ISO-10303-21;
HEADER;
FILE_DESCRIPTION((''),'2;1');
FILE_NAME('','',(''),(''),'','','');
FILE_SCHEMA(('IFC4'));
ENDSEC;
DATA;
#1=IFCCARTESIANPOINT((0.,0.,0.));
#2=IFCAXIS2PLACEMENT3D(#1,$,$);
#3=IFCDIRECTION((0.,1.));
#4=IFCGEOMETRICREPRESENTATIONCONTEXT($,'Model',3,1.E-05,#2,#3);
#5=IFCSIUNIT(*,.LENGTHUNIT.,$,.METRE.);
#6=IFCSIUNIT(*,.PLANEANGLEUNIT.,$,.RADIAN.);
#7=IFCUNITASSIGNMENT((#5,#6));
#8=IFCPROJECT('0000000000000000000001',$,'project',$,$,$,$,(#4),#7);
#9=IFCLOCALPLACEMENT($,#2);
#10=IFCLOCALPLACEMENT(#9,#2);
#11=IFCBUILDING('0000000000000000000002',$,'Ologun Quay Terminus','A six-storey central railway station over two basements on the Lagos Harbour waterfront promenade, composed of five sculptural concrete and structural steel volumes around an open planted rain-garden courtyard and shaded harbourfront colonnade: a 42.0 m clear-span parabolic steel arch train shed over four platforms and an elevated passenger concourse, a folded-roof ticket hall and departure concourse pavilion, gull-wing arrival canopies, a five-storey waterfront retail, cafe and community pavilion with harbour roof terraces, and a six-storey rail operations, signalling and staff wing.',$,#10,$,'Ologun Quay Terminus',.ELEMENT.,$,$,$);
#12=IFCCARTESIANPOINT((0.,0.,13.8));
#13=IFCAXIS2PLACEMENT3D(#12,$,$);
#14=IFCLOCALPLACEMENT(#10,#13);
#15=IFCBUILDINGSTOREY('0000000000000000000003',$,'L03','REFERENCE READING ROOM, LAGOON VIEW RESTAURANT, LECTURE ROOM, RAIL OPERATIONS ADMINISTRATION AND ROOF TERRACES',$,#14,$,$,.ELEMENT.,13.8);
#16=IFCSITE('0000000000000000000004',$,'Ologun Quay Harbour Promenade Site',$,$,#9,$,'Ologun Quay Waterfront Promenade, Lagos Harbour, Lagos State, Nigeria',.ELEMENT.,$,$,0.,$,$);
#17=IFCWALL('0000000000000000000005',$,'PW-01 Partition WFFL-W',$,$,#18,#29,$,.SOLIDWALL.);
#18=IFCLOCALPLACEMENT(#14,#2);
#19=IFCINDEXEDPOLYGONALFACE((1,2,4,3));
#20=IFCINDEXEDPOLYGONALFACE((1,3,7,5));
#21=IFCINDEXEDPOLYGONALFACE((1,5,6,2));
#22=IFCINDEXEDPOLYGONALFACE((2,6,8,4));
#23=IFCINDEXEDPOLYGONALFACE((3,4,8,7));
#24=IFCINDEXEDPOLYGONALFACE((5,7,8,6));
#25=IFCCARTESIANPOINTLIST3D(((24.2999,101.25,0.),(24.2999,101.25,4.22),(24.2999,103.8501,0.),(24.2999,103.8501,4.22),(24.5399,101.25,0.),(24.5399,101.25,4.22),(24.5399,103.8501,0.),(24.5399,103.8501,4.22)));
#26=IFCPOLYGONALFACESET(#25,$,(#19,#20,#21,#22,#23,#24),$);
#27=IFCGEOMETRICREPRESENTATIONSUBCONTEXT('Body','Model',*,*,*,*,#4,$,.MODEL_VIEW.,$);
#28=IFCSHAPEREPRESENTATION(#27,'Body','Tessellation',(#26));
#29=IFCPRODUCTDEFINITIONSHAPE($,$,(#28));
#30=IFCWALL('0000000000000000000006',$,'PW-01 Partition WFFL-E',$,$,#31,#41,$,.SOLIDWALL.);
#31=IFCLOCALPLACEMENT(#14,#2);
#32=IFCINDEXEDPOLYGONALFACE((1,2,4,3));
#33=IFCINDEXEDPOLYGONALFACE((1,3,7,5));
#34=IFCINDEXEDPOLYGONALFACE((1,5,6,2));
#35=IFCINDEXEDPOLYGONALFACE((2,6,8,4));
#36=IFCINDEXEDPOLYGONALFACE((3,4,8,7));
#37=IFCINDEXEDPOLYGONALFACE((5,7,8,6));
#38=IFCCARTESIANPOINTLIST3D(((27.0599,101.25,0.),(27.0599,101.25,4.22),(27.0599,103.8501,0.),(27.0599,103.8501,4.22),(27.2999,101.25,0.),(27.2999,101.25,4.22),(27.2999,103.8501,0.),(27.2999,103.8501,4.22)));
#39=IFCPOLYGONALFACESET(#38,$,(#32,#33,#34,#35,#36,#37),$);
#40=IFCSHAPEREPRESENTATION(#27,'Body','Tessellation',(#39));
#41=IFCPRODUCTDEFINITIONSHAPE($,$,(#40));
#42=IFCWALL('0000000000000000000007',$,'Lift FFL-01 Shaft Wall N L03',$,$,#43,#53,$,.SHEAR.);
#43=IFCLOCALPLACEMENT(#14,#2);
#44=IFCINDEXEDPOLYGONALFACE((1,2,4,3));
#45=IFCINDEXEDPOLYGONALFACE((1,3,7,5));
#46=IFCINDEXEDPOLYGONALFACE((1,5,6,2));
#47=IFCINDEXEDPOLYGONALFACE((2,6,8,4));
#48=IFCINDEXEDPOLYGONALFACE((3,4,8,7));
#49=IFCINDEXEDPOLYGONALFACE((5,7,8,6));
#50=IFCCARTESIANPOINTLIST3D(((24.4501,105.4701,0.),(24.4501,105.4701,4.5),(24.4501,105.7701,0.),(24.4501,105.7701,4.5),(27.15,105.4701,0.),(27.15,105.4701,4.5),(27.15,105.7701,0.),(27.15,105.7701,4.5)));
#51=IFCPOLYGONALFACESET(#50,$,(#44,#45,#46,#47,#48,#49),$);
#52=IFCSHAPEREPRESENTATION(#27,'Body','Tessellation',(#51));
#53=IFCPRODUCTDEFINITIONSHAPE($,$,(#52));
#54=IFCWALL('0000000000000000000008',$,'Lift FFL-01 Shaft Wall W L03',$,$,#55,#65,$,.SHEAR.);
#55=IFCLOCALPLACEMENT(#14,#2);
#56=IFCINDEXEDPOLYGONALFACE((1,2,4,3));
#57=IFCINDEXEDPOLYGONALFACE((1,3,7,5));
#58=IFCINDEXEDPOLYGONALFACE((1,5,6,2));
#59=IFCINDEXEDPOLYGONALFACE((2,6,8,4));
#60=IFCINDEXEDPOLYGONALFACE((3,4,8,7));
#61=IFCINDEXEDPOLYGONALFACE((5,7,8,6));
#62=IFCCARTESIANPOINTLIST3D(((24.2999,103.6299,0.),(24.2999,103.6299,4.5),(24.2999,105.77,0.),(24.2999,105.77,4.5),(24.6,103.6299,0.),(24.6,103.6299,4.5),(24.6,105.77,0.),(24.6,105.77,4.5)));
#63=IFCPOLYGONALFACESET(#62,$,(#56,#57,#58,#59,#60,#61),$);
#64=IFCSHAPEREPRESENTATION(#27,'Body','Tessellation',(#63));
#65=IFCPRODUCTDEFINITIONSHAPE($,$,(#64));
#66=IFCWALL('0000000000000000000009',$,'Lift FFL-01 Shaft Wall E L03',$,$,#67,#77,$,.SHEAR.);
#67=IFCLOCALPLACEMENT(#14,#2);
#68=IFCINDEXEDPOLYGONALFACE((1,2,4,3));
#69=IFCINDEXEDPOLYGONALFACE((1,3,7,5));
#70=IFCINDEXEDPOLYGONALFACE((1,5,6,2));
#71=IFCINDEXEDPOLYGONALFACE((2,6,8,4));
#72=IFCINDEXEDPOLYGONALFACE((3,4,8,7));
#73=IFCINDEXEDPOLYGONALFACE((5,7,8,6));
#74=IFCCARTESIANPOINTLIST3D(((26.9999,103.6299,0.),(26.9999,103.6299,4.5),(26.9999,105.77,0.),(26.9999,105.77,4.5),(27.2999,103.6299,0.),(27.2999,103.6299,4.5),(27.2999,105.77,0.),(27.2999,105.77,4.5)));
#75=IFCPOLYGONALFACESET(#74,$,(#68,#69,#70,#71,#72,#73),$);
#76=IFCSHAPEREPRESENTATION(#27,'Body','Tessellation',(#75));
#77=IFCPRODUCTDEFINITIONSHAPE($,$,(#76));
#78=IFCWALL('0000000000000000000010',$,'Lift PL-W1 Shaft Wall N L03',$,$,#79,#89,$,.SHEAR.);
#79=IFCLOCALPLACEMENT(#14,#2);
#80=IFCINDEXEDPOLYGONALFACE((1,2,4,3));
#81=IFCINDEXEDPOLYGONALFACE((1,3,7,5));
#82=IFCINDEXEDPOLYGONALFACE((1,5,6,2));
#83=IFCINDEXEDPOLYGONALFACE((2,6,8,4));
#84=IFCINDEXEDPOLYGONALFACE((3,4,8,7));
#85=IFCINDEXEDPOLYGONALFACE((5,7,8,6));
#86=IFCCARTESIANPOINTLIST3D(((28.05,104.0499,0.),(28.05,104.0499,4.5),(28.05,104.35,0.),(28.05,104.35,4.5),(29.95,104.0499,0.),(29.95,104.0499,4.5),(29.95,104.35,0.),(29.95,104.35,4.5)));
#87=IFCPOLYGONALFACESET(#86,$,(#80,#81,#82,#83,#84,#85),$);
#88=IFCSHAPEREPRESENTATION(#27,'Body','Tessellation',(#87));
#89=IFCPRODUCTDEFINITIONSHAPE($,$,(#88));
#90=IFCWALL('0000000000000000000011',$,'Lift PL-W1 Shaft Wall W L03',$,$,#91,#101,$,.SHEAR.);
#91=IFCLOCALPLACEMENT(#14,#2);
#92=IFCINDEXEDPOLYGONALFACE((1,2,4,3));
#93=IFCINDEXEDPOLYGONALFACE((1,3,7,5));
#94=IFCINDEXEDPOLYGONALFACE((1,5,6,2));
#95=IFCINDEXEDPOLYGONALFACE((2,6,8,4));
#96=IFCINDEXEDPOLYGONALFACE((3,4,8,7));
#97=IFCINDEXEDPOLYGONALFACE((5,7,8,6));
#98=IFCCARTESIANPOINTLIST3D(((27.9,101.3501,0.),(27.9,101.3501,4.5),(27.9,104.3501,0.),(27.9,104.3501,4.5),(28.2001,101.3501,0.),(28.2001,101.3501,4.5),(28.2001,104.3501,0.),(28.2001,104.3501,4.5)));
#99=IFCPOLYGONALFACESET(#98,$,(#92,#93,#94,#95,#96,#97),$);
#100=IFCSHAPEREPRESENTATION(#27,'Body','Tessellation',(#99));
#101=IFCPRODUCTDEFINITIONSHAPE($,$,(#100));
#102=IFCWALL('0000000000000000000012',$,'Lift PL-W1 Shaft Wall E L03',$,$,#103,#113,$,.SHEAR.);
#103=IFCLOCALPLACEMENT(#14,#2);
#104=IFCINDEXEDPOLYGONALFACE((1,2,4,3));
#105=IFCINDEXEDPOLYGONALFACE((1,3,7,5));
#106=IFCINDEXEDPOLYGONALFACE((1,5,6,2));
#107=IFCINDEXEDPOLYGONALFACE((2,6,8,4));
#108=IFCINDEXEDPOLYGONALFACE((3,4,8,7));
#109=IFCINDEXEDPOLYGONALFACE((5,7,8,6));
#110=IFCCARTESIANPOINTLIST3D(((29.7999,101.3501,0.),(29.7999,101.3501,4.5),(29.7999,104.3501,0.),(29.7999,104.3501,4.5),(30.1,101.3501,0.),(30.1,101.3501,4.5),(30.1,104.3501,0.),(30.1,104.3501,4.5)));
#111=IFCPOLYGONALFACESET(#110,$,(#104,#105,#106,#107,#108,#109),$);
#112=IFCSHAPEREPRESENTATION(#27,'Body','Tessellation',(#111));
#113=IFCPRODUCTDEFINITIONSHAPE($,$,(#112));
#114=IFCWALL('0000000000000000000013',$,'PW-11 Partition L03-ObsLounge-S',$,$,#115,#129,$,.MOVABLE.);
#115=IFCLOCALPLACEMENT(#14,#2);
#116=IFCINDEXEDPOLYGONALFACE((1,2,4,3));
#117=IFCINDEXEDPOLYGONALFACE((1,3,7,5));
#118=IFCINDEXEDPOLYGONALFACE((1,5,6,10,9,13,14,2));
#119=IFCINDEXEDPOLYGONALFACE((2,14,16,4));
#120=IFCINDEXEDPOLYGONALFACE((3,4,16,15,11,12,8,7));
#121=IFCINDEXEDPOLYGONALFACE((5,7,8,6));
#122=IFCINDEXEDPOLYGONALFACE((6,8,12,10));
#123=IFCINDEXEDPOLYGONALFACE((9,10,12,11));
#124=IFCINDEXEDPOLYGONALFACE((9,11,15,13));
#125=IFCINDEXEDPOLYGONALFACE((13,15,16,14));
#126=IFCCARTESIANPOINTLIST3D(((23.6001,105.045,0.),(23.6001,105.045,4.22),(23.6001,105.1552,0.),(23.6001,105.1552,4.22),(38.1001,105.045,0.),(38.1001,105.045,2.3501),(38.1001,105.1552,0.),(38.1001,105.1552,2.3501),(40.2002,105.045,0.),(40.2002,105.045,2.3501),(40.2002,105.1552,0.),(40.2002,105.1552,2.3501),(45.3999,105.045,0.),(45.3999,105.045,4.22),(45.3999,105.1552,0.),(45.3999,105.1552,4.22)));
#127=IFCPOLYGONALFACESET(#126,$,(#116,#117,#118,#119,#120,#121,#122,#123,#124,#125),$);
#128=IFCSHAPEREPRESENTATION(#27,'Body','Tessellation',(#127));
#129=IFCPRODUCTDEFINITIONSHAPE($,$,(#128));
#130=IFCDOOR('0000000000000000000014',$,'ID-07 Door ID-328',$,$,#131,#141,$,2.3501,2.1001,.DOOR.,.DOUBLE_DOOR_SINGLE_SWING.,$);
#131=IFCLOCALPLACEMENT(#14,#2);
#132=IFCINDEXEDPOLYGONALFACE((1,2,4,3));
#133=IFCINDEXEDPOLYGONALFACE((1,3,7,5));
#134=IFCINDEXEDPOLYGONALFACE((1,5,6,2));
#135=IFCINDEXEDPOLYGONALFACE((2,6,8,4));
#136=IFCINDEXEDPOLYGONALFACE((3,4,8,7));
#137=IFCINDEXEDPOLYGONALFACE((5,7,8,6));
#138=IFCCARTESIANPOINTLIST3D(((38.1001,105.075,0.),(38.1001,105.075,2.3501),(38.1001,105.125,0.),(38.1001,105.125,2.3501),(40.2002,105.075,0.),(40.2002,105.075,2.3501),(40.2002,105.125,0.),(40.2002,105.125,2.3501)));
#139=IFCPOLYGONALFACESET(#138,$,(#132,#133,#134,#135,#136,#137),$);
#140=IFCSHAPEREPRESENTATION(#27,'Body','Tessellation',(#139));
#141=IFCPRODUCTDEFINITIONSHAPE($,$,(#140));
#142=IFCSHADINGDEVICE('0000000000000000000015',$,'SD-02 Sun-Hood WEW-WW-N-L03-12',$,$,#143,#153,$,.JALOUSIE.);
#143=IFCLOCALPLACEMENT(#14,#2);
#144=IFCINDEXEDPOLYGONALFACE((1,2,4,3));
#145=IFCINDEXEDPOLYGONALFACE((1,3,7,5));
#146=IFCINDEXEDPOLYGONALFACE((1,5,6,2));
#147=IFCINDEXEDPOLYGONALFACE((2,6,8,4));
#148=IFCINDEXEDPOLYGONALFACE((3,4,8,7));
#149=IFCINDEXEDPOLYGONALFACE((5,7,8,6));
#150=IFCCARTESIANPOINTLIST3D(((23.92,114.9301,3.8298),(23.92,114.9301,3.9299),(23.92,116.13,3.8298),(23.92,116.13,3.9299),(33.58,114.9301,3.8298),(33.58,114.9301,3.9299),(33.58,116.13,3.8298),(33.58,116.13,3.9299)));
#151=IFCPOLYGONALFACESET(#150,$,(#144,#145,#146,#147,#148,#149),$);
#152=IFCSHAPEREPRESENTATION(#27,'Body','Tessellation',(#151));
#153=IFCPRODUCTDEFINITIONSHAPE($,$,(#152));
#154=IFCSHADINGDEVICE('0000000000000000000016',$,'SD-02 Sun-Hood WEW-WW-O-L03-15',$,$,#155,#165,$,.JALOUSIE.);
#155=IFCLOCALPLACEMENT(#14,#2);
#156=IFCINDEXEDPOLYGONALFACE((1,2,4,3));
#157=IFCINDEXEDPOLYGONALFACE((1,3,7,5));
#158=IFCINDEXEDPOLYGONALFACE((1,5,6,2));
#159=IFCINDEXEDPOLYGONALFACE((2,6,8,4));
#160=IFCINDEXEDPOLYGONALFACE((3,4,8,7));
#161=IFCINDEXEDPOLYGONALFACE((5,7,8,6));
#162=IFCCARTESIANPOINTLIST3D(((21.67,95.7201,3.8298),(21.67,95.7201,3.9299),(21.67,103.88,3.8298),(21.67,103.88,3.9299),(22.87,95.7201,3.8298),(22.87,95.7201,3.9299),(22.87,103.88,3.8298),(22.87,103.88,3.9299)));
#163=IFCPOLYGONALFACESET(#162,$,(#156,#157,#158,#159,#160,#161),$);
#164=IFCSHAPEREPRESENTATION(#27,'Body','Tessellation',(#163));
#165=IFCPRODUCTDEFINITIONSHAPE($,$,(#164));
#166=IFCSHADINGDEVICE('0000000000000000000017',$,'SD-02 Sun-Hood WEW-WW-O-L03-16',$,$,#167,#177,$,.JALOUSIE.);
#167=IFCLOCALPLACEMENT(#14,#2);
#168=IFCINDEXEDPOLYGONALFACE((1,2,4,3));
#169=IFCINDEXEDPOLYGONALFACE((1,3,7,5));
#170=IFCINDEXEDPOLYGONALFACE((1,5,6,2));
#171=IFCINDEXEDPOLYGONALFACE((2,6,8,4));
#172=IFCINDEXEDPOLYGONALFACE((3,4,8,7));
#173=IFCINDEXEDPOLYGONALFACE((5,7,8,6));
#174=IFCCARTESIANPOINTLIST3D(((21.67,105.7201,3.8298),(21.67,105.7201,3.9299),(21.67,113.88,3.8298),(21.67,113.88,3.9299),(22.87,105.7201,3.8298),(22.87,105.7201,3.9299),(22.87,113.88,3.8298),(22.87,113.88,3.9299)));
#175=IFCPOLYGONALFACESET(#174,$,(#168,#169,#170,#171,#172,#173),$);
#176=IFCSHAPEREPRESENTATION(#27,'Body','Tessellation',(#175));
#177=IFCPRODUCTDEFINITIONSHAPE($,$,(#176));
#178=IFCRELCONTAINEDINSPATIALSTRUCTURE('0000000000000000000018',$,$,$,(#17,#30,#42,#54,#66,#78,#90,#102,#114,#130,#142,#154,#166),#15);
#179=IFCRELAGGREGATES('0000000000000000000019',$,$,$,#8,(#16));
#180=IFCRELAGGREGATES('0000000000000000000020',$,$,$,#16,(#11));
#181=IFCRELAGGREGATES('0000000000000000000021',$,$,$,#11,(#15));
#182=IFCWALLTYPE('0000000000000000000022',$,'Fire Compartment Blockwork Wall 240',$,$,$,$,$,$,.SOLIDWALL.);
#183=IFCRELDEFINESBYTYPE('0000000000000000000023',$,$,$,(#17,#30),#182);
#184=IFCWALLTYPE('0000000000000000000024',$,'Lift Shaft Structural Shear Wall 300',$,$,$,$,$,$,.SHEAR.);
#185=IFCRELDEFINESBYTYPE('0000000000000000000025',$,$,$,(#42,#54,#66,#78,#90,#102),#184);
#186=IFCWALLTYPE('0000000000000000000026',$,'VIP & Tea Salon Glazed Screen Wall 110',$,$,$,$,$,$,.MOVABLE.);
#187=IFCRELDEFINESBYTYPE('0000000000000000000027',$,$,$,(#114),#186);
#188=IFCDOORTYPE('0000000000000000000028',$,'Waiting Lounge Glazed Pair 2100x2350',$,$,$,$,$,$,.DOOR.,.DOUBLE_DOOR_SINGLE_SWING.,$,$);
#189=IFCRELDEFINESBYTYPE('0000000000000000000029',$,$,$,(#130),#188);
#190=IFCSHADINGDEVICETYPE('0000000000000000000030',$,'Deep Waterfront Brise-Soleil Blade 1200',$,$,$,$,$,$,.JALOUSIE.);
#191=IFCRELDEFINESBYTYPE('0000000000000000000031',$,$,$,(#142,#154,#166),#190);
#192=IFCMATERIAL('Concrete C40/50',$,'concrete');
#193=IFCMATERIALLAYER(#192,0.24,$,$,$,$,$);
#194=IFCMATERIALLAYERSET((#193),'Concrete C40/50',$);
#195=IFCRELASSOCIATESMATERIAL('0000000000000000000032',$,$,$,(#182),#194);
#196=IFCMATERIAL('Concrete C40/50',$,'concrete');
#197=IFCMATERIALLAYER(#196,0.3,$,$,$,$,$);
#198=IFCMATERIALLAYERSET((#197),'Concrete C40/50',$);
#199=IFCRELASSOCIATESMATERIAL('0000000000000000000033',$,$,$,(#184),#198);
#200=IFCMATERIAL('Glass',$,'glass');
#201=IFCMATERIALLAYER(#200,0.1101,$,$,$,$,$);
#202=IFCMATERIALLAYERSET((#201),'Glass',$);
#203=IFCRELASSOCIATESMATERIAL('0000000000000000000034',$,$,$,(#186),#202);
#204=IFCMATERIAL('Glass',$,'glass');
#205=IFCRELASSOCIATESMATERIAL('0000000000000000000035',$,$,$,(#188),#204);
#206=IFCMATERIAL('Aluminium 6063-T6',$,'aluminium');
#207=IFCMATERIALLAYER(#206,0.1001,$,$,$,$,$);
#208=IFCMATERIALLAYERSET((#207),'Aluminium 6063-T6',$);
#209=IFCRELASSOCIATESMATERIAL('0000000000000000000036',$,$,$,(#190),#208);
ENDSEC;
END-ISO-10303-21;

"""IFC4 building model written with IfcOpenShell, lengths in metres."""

from ifc_helpers import new_model, si_unit, direction, frame, frame_2d, origin, origin_2d, place, context, subcontext, project, spatial, rectangle, extrude, material, layer, layer_set, type_object, element, fill, save


model = new_model("IFC4")

# Units and contexts
model_context = context("Model", 3, precision=1e-05, world=origin(), true_north=direction((0.0, 1.0)))
body_context = subcontext(model_context, "Body", "Model", "MODEL_VIEW")
ifc_project = project(units=[si_unit("LENGTHUNIT", "METRE"), si_unit("PLANEANGLEUNIT", "RADIAN")], contexts=[model_context])

# Site, building, storey
site_placement = place(None, origin())
site = spatial("IfcSite", under=ifc_project, at=site_placement, Name="Ologun Quay Harbour Promenade Site", LongName="Ologun Quay Waterfront Promenade, Lagos Harbour, Lagos State, Nigeria", CompositionType="ELEMENT", RefElevation=0.0)
building_placement = place(site_placement, origin())
building = spatial("IfcBuilding", under=site, at=building_placement, Name="Ologun Quay Terminus", Description="A six-storey central railway station over two basements on the Lagos Harbour waterfront promenade, composed of five sculptural concrete and structural steel volumes around an open planted rain-garden courtyard and shaded harbourfront colonnade: a 42.0 m clear-span parabolic steel arch train shed over four platforms and an elevated passenger concourse, a folded-roof ticket hall and departure concourse pavilion, gull-wing arrival canopies, a five-storey waterfront retail, cafe and community pavilion with harbour roof terraces, and a six-storey rail operations, signalling and staff wing.", LongName="Ologun Quay Terminus", CompositionType="ELEMENT")
storey_placement = place(building_placement, frame((0.0, 0.0, 13.8)))
storey = spatial("IfcBuildingStorey", under=building, at=storey_placement, Name="L03", Description="REFERENCE READING ROOM, LAGOON VIEW RESTAURANT, LECTURE ROOM, RAIL OPERATIONS ADMINISTRATION AND ROOF TERRACES", CompositionType="ELEMENT", Elevation=13.8)

# Shared definitions
ifc_material_1 = material(Name="Concrete C40/50", Category="concrete")
ifc_layer_1 = layer(ifc_material_1, 0.24)
ifc_layer_set_1 = layer_set([ifc_layer_1], Name="Concrete C40/50")
wall_type_1 = type_object("IfcWallType", Name="Fire Compartment Blockwork Wall 240", PredefinedType="SOLIDWALL", material=ifc_layer_set_1)

# Walls
for number, where, z_axis, x_axis, name in (
    (1, (24.4199, 101.25, 0.0), (0.0, 0.0, 1.0), (0.0, 1.0, 0.0), "PW-01 Partition WFFL-W"),
    (2, (27.1799, 101.25, 0.0), (0.0, 0.0, 1.0), (0.0, 1.0, 0.0), "PW-01 Partition WFFL-E"),
):
    element("IfcWall", number, at=place(storey_placement, frame(where, z_axis=z_axis, x_axis=x_axis)), inside=storey, type_object=wall_type_1, Name=name, PredefinedType="SOLIDWALL", context=body_context, shape_type="SweptSolid", body=[
        extrude(rectangle(XDim=2.6001, YDim=0.24, at=frame_2d((1.3, 0.0))), origin(), (0.0, 0.0, 1.0), 4.22),
    ])

# Shared definitions
ifc_material_2 = material(Name="Concrete C40/50", Category="concrete")
ifc_layer_2 = layer(ifc_material_2, 0.3)
ifc_layer_set_2 = layer_set([ifc_layer_2], Name="Concrete C40/50")
wall_type_2 = type_object("IfcWallType", Name="Lift Shaft Structural Shear Wall 300", PredefinedType="SHEAR", material=ifc_layer_set_2)

# Walls
wall_1_placement = place(storey_placement, frame((24.45, 105.6201, 0.0), z_axis=(0.0, 0.0, 1.0), x_axis=(1.0, 0.0, 0.0)))
element("IfcWall", 3, at=wall_1_placement, inside=storey, type_object=wall_type_2, Name="Lift FFL-01 Shaft Wall N L03", PredefinedType="SHEAR", context=body_context, shape_type="SweptSolid", body=[
    extrude(rectangle(XDim=2.7, YDim=0.3, at=frame_2d((1.3501, 0.0))), origin(), (0.0, 0.0, 1.0), 4.5),
])
for number, where, z_axis, x_axis, name in (
    (4, (24.45, 103.6299, 0.0), (0.0, 0.0, 1.0), (0.0, 1.0, 0.0), "Lift FFL-01 Shaft Wall W L03"),
    (5, (27.1499, 103.6299, 0.0), (0.0, 0.0, 1.0), (0.0, 1.0, 0.0), "Lift FFL-01 Shaft Wall E L03"),
):
    element("IfcWall", number, at=place(storey_placement, frame(where, z_axis=z_axis, x_axis=x_axis)), inside=storey, type_object=wall_type_2, Name=name, PredefinedType="SHEAR", context=body_context, shape_type="SweptSolid", body=[
        extrude(rectangle(XDim=2.1401, YDim=0.3, at=frame_2d((1.0701, 0.0))), origin(), (0.0, 0.0, 1.0), 4.5),
    ])

# Walls
wall_2_placement = place(storey_placement, frame((28.05, 104.2, 0.0), z_axis=(0.0, 0.0, 1.0), x_axis=(1.0, 0.0, 0.0)))
element("IfcWall", 6, at=wall_2_placement, inside=storey, type_object=wall_type_2, Name="Lift PL-W1 Shaft Wall N L03", PredefinedType="SHEAR", context=body_context, shape_type="SweptSolid", body=[
    extrude(rectangle(XDim=1.8999, YDim=0.3, at=frame_2d((0.95, 0.0))), origin(), (0.0, 0.0, 1.0), 4.5),
])
for number, where, z_axis, x_axis, name in (
    (7, (28.05, 101.3501, 0.0), (0.0, 0.0, 1.0), (0.0, 1.0, 0.0), "Lift PL-W1 Shaft Wall W L03"),
    (8, (29.95, 101.3501, 0.0), (0.0, 0.0, 1.0), (0.0, 1.0, 0.0), "Lift PL-W1 Shaft Wall E L03"),
):
    element("IfcWall", number, at=place(storey_placement, frame(where, z_axis=z_axis, x_axis=x_axis)), inside=storey, type_object=wall_type_2, Name=name, PredefinedType="SHEAR", context=body_context, shape_type="SweptSolid", body=[
        extrude(rectangle(XDim=3.0, YDim=0.3, at=frame_2d((1.5, 0.0))), origin(), (0.0, 0.0, 1.0), 4.5),
    ])

# Wall, opening, door
ifc_material_3 = material(Name="Glass", Category="glass")
ifc_layer_3 = layer(ifc_material_3, 0.1101)
ifc_layer_set_3 = layer_set([ifc_layer_3], Name="Glass")
wall_type_3 = type_object("IfcWallType", Name="VIP & Tea Salon Glazed Screen Wall 110", PredefinedType="MOVABLE", material=ifc_layer_set_3)
wall_3_placement = place(storey_placement, frame((23.6001, 105.1001, 0.0), z_axis=(0.0, 0.0, 1.0), x_axis=(1.0, 0.0, 0.0)))
wall_3 = element("IfcWall", 9, at=wall_3_placement, inside=storey, type_object=wall_type_3, Name="PW-11 Partition L03-ObsLounge-S", PredefinedType="MOVABLE", context=body_context, shape_type="SweptSolid", body=[
    extrude(rectangle(XDim=21.7998, YDim=0.1101, at=frame_2d((10.8999, 0.0))), origin(), (0.0, 0.0, 1.0), 4.22),
])
opening_1_placement = place(wall_3_placement, frame((14.5, 0.0, 0.0)))
opening_1 = element("IfcOpeningElement", 10, at=opening_1_placement, cuts=wall_3, PredefinedType="OPENING", context=body_context, shape_type="SweptSolid", body=[
    extrude(rectangle(XDim=2.1001, YDim=2.3501, at=frame_2d((1.05, 1.175))), frame((0.0, 0.0649, 0.0), z_axis=(0.0, -1.0, 0.0), x_axis=(1.0, 0.0, 0.0)), (0.0, 0.0, 1.0), 0.1301),
])
ifc_material_4 = material(Name="Glass", Category="glass")
door_type_1 = type_object("IfcDoorType", Name="Waiting Lounge Glazed Pair 2100x2350", OperationType="DOUBLE_DOOR_SINGLE_SWING", PredefinedType="DOOR", material=ifc_material_4)
door_1_placement = place(opening_1_placement, origin())
door_1 = element("IfcDoor", 11, at=door_1_placement, inside=storey, type_object=door_type_1, Name="ID-07 Door ID-328", OperationType="DOUBLE_DOOR_SINGLE_SWING", OverallHeight=2.3501, OverallWidth=2.1001, PredefinedType="DOOR", context=body_context, shape_type="SweptSolid", body=[
    extrude(rectangle(XDim=2.1001, YDim=2.3501, at=frame_2d((1.05, 1.175))), frame((0.0, 0.0249, 0.0), z_axis=(0.0, -1.0, 0.0), x_axis=(1.0, 0.0, 0.0)), (0.0, 0.0, 1.0), 0.05),
])
fill(opening_1, door_1)

# Shading devices
ifc_material_5 = material(Name="Aluminium 6063-T6", Category="aluminium")
ifc_layer_4 = layer(ifc_material_5, 0.1001)
ifc_layer_set_4 = layer_set([ifc_layer_4], Name="Aluminium 6063-T6")
shading_device_type = type_object("IfcShadingDeviceType", Name="Deep Waterfront Brise-Soleil Blade 1200", PredefinedType="JALOUSIE", material=ifc_layer_set_4)
shading_device_placement = place(storey_placement, frame((28.75, 115.53, 3.8298), z_axis=(0.0, 0.0, 1.0), x_axis=(1.0, 0.0, 0.0)))
element("IfcShadingDevice", 12, at=shading_device_placement, inside=storey, type_object=shading_device_type, Name="SD-02 Sun-Hood WEW-WW-N-L03-12", PredefinedType="JALOUSIE", context=body_context, shape_type="SweptSolid", body=[
    extrude(rectangle(XDim=9.6599, YDim=1.2, at=origin_2d()), origin(), (0.0, 0.0, 1.0), 0.1001),
])
for number, where, z_axis, x_axis, name in (
    (13, (22.27, 99.8, 3.8298), (0.0, 0.0, 1.0), (1.0, 0.0, 0.0), "SD-02 Sun-Hood WEW-WW-O-L03-15"),
    (14, (22.27, 109.8, 3.8298), (0.0, 0.0, 1.0), (1.0, 0.0, 0.0), "SD-02 Sun-Hood WEW-WW-O-L03-16"),
):
    element("IfcShadingDevice", number, at=place(storey_placement, frame(where, z_axis=z_axis, x_axis=x_axis)), inside=storey, type_object=shading_device_type, Name=name, PredefinedType="JALOUSIE", context=body_context, shape_type="SweptSolid", body=[
        extrude(rectangle(XDim=1.2, YDim=8.1599, at=origin_2d()), origin(), (0.0, 0.0, 1.0), 0.1001),
    ])

save(model, "model.ifc")
